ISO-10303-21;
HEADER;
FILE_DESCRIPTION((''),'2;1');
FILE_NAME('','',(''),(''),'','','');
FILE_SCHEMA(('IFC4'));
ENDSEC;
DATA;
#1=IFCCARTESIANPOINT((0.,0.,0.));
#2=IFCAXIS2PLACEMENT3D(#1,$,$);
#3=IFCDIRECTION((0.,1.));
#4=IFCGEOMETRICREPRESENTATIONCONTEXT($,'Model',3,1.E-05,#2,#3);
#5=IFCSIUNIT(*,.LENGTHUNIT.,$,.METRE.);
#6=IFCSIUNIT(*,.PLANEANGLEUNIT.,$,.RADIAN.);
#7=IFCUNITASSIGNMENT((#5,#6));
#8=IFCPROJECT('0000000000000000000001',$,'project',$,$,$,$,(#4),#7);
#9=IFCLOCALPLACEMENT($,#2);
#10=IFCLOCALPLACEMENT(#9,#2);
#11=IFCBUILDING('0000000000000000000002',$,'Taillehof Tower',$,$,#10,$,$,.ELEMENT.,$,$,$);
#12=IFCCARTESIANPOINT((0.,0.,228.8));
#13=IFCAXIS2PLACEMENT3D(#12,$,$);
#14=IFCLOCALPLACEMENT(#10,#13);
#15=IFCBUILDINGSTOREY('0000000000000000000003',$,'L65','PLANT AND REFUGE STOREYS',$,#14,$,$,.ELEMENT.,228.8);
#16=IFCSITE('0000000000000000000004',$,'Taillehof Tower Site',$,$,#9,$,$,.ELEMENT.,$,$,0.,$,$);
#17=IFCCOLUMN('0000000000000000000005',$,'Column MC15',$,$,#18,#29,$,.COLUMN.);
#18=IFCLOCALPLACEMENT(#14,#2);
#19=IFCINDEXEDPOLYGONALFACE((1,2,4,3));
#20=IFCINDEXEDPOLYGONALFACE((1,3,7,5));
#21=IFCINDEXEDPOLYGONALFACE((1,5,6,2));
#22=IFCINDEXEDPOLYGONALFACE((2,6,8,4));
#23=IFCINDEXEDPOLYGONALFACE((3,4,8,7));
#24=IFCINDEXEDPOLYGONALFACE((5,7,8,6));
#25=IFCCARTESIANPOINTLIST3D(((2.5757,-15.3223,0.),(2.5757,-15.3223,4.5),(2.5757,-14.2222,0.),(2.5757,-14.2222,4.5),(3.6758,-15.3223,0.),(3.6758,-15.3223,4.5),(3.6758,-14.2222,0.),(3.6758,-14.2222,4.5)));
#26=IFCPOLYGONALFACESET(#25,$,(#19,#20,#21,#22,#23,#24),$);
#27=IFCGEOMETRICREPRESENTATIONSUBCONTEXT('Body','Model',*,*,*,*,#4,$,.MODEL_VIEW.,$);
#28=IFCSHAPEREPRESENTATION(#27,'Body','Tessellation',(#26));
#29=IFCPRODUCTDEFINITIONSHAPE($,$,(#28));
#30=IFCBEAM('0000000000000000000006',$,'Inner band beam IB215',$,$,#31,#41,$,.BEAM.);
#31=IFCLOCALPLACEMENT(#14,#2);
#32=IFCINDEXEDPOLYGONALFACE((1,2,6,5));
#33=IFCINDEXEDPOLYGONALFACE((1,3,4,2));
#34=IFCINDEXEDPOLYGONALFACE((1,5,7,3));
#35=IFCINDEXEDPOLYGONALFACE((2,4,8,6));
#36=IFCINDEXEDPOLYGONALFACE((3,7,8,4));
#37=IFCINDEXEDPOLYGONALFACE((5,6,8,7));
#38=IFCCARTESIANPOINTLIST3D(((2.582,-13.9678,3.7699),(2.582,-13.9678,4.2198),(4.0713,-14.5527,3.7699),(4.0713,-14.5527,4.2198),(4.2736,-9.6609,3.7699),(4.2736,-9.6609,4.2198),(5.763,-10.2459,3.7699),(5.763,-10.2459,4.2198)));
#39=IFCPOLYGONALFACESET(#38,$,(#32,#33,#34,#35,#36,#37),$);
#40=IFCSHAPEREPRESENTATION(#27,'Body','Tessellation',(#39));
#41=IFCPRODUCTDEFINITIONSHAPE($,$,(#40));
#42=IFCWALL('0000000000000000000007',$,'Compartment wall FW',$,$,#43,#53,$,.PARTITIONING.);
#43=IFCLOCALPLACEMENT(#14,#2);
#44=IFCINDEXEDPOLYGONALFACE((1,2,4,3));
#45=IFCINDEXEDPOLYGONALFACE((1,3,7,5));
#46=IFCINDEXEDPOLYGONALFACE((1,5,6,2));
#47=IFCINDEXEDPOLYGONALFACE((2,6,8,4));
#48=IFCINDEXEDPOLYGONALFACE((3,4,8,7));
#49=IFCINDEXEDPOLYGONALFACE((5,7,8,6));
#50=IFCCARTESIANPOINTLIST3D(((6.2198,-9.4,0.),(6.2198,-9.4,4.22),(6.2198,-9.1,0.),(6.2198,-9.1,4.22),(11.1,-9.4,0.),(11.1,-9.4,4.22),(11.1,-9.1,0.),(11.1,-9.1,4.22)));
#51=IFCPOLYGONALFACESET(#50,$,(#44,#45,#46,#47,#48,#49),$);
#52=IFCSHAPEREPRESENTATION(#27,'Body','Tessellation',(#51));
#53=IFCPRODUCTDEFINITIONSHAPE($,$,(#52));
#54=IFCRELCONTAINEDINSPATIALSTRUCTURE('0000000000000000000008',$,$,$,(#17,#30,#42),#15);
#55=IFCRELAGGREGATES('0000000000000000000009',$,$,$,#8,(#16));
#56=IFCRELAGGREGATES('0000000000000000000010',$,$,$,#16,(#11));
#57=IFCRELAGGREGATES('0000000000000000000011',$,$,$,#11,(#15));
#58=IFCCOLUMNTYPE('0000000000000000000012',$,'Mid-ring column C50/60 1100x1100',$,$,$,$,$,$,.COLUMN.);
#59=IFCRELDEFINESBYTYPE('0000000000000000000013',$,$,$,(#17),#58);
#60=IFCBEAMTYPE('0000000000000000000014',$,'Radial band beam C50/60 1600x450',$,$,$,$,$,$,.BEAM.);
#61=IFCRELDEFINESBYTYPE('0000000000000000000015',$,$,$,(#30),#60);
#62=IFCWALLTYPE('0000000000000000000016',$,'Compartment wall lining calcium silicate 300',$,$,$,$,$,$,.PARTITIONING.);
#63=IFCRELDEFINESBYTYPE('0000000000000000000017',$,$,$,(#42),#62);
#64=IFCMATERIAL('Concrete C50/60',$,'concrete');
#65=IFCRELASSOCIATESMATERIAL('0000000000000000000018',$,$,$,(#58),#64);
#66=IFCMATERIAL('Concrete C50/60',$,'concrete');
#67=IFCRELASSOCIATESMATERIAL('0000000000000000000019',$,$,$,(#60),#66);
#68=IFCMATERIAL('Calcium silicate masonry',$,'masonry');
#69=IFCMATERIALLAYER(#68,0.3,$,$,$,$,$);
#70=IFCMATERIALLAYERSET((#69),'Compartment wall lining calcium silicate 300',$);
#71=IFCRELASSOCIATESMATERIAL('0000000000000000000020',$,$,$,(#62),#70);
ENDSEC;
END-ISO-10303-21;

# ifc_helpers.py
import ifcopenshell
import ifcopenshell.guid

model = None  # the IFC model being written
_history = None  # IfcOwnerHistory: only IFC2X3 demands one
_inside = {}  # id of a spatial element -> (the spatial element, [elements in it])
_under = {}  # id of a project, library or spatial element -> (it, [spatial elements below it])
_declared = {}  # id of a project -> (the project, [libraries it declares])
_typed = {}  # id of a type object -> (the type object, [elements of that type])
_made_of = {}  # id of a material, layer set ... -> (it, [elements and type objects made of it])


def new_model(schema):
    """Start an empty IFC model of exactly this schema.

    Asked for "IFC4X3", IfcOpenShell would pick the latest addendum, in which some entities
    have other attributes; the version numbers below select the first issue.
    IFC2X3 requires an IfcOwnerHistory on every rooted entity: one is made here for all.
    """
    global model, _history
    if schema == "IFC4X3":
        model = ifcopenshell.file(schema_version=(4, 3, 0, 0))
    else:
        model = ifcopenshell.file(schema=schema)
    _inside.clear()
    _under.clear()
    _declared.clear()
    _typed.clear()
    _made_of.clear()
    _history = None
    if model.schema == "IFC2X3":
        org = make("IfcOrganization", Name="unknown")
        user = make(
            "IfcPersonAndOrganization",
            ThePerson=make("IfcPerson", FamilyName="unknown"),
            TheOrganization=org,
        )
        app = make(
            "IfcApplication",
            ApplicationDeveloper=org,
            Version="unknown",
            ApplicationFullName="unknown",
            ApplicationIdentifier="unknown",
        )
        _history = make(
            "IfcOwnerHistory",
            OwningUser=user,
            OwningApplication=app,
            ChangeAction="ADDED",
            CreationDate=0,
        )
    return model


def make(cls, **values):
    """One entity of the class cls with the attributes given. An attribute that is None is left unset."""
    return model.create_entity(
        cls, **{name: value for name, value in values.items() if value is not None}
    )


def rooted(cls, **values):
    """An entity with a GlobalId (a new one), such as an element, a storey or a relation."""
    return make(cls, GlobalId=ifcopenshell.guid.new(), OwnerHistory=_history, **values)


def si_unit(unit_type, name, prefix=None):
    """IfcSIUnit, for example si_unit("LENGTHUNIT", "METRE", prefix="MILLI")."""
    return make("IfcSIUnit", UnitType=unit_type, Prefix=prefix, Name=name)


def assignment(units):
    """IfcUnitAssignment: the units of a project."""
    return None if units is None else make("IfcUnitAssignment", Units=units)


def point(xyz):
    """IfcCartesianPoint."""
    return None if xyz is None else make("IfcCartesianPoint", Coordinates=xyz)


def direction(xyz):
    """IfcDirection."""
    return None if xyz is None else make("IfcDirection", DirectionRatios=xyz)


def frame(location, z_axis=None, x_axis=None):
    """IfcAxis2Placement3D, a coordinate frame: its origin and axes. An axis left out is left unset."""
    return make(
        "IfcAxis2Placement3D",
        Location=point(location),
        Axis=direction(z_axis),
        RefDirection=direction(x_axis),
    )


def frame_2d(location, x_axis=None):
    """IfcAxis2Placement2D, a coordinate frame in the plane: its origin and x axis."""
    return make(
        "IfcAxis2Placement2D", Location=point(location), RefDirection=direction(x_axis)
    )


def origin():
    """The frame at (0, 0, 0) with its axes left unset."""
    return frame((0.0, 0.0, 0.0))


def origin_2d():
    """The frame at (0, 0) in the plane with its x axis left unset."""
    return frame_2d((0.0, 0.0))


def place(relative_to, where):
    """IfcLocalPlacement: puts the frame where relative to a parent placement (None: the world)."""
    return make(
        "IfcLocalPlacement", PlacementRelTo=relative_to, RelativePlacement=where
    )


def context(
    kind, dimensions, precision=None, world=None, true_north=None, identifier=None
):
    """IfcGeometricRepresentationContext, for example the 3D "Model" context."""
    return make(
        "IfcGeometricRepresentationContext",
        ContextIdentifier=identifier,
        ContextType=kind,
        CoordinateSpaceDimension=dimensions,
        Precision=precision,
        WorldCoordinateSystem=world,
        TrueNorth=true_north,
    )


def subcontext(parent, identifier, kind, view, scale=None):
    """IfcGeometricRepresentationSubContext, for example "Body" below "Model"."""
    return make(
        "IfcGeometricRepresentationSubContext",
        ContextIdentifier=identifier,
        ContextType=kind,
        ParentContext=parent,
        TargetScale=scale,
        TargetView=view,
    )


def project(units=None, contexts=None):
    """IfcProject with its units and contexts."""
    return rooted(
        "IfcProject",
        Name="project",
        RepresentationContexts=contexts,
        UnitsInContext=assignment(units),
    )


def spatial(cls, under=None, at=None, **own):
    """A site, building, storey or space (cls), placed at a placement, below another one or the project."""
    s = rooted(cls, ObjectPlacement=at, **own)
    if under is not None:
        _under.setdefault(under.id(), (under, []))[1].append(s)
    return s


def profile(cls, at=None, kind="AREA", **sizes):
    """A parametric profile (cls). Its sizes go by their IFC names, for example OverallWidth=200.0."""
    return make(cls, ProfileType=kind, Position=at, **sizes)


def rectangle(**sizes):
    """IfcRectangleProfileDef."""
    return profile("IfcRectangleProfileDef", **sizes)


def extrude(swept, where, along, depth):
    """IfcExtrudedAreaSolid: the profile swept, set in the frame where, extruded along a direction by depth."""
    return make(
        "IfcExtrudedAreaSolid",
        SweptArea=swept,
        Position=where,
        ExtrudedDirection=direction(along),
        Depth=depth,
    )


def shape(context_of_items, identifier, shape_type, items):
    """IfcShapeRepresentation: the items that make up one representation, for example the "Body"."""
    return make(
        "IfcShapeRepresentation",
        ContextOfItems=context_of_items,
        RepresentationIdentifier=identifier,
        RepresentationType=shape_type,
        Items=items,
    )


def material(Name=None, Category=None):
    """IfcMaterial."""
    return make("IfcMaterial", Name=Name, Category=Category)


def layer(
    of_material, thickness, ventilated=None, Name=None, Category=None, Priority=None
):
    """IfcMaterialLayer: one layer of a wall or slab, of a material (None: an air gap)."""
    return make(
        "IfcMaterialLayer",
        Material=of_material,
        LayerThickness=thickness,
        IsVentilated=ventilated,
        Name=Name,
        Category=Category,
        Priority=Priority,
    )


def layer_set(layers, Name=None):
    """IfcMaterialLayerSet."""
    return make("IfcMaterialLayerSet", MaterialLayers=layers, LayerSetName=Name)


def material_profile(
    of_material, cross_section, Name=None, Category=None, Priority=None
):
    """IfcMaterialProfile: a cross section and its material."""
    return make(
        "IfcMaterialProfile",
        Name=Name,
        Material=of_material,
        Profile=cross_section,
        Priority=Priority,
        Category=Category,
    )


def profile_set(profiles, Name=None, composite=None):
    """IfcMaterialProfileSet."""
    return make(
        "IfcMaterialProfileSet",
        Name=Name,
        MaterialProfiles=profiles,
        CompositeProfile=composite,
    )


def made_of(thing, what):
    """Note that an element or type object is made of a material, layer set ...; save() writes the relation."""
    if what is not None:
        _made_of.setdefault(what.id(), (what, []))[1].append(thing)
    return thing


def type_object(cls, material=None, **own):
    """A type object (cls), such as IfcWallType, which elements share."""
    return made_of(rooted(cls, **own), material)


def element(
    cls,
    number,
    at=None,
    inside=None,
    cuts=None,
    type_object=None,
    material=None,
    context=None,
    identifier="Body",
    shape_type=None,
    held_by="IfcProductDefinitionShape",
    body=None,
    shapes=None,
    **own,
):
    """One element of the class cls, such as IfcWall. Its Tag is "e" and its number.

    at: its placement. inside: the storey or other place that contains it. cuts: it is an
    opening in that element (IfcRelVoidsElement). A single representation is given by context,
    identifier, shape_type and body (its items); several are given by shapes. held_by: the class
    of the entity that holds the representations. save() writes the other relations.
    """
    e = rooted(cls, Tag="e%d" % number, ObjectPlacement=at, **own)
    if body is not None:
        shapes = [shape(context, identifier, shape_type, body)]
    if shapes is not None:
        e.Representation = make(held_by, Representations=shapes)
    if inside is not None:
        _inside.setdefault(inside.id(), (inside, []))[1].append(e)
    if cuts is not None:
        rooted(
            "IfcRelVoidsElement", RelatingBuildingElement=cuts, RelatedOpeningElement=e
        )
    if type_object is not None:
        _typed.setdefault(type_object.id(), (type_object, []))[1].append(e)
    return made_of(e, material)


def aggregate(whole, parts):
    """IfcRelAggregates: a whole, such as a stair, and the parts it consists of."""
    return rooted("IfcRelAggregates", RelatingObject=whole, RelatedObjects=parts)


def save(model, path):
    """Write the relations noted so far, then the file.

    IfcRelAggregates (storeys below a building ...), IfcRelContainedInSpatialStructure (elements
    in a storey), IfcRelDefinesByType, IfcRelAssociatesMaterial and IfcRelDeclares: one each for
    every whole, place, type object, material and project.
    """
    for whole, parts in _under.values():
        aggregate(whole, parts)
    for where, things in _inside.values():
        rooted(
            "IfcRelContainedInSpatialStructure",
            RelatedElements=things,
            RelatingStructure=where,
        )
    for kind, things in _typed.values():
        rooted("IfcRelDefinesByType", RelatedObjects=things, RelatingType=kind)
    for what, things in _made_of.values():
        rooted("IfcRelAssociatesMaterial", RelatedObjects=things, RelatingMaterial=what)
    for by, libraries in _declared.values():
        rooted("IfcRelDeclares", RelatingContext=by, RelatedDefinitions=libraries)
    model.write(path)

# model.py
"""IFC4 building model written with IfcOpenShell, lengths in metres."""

from ifc_helpers import new_model, si_unit, direction, frame, frame_2d, origin, origin_2d, place, context, subcontext, project, spatial, rectangle, extrude, material, layer, layer_set, material_profile, profile_set, type_object, element, save


model = new_model("IFC4")

# Units and contexts
model_context = context("Model", 3, precision=1e-05, world=origin(), true_north=direction((0.0, 1.0)))
body_context = subcontext(model_context, "Body", "Model", "MODEL_VIEW")
ifc_project = project(units=[si_unit("LENGTHUNIT", "METRE"), si_unit("PLANEANGLEUNIT", "RADIAN")], contexts=[model_context])

# Site, building, storey
site_placement = place(None, origin())
site = spatial("IfcSite", under=ifc_project, at=site_placement, Name="Taillehof Tower Site", CompositionType="ELEMENT", RefElevation=0.0)
building_placement = place(site_placement, origin())
building = spatial("IfcBuilding", under=site, at=building_placement, Name="Taillehof Tower", CompositionType="ELEMENT")
storey_placement = place(building_placement, frame((0.0, 0.0, 228.8)))
storey = spatial("IfcBuildingStorey", under=building, at=storey_placement, Name="L65", Description="PLANT AND REFUGE STOREYS", CompositionType="ELEMENT", Elevation=228.8)

# Column
ifc_material_1 = material(Name="Concrete C50/60", Category="concrete")
ifc_material_profile_1 = material_profile(ifc_material_1, rectangle(XDim=1.1001, YDim=1.1001, at=origin_2d()), Name="RC 1100x1100")
ifc_profile_set_1 = profile_set([ifc_material_profile_1], Name="Concrete C50/60")
column_type = type_object("IfcColumnType", Name="Mid-ring column C50/60 1100x1100", PredefinedType="COLUMN", material=ifc_profile_set_1)
column_placement = place(storey_placement, frame((3.1257, -14.7722, 0.0), z_axis=(0.0, 0.0, 1.0), x_axis=(1.0, 0.0, 0.0)))
element("IfcColumn", 1, at=column_placement, inside=storey, type_object=column_type, Name="Column MC15", PredefinedType="COLUMN", context=body_context, shape_type="SweptSolid", body=[
    extrude(rectangle(XDim=1.1001, YDim=1.1001, at=origin_2d()), origin(), (0.0, 0.0, 1.0), 4.5),
])

# Beam
ifc_material_2 = material(Name="Concrete C50/60", Category="concrete")
ifc_material_profile_2 = material_profile(ifc_material_2, rectangle(XDim=1.6001, YDim=0.45, at=origin_2d()), Name="RC 1600x450")
ifc_profile_set_2 = profile_set([ifc_material_profile_2], Name="Concrete C50/60")
beam_type = type_object("IfcBeamType", Name="Radial band beam C50/60 1600x450", PredefinedType="BEAM", material=ifc_profile_set_2)
beam_placement = place(storey_placement, frame((3.3267, -14.2603, 3.9949), z_axis=(0.365589, 0.930777, 0.0), x_axis=(-0.930777, 0.365589, 0.0)))
element("IfcBeam", 2, at=beam_placement, inside=storey, type_object=beam_type, Name="Inner band beam IB215", PredefinedType="BEAM", context=body_context, shape_type="SweptSolid", body=[
    extrude(rectangle(XDim=1.6001, YDim=0.45, at=origin_2d()), origin(), (0.0, 0.0, 1.0), 4.6272),
])

# Wall
ifc_material_3 = material(Name="Calcium silicate masonry", Category="masonry")
ifc_layer_1 = layer(ifc_material_3, 0.3)
ifc_layer_set_1 = layer_set([ifc_layer_1], Name="Compartment wall lining calcium silicate 300")
wall_type_1 = type_object("IfcWallType", Name="Compartment wall lining calcium silicate 300", PredefinedType="PARTITIONING", material=ifc_layer_set_1)
wall_1_placement = place(storey_placement, frame((6.22, -9.25, 0.0), z_axis=(0.0, 0.0, 1.0), x_axis=(1.0, 0.0, 0.0)))
element("IfcWall", 3, at=wall_1_placement, inside=storey, type_object=wall_type_1, Name="Compartment wall FW", PredefinedType="PARTITIONING", context=body_context, shape_type="SweptSolid", body=[
    extrude(rectangle(XDim=4.8801, YDim=0.3, at=frame_2d((2.4399, 0.0))), origin(), (0.0, 0.0, 1.0), 4.22),
])

save(model, "model.ifc")
